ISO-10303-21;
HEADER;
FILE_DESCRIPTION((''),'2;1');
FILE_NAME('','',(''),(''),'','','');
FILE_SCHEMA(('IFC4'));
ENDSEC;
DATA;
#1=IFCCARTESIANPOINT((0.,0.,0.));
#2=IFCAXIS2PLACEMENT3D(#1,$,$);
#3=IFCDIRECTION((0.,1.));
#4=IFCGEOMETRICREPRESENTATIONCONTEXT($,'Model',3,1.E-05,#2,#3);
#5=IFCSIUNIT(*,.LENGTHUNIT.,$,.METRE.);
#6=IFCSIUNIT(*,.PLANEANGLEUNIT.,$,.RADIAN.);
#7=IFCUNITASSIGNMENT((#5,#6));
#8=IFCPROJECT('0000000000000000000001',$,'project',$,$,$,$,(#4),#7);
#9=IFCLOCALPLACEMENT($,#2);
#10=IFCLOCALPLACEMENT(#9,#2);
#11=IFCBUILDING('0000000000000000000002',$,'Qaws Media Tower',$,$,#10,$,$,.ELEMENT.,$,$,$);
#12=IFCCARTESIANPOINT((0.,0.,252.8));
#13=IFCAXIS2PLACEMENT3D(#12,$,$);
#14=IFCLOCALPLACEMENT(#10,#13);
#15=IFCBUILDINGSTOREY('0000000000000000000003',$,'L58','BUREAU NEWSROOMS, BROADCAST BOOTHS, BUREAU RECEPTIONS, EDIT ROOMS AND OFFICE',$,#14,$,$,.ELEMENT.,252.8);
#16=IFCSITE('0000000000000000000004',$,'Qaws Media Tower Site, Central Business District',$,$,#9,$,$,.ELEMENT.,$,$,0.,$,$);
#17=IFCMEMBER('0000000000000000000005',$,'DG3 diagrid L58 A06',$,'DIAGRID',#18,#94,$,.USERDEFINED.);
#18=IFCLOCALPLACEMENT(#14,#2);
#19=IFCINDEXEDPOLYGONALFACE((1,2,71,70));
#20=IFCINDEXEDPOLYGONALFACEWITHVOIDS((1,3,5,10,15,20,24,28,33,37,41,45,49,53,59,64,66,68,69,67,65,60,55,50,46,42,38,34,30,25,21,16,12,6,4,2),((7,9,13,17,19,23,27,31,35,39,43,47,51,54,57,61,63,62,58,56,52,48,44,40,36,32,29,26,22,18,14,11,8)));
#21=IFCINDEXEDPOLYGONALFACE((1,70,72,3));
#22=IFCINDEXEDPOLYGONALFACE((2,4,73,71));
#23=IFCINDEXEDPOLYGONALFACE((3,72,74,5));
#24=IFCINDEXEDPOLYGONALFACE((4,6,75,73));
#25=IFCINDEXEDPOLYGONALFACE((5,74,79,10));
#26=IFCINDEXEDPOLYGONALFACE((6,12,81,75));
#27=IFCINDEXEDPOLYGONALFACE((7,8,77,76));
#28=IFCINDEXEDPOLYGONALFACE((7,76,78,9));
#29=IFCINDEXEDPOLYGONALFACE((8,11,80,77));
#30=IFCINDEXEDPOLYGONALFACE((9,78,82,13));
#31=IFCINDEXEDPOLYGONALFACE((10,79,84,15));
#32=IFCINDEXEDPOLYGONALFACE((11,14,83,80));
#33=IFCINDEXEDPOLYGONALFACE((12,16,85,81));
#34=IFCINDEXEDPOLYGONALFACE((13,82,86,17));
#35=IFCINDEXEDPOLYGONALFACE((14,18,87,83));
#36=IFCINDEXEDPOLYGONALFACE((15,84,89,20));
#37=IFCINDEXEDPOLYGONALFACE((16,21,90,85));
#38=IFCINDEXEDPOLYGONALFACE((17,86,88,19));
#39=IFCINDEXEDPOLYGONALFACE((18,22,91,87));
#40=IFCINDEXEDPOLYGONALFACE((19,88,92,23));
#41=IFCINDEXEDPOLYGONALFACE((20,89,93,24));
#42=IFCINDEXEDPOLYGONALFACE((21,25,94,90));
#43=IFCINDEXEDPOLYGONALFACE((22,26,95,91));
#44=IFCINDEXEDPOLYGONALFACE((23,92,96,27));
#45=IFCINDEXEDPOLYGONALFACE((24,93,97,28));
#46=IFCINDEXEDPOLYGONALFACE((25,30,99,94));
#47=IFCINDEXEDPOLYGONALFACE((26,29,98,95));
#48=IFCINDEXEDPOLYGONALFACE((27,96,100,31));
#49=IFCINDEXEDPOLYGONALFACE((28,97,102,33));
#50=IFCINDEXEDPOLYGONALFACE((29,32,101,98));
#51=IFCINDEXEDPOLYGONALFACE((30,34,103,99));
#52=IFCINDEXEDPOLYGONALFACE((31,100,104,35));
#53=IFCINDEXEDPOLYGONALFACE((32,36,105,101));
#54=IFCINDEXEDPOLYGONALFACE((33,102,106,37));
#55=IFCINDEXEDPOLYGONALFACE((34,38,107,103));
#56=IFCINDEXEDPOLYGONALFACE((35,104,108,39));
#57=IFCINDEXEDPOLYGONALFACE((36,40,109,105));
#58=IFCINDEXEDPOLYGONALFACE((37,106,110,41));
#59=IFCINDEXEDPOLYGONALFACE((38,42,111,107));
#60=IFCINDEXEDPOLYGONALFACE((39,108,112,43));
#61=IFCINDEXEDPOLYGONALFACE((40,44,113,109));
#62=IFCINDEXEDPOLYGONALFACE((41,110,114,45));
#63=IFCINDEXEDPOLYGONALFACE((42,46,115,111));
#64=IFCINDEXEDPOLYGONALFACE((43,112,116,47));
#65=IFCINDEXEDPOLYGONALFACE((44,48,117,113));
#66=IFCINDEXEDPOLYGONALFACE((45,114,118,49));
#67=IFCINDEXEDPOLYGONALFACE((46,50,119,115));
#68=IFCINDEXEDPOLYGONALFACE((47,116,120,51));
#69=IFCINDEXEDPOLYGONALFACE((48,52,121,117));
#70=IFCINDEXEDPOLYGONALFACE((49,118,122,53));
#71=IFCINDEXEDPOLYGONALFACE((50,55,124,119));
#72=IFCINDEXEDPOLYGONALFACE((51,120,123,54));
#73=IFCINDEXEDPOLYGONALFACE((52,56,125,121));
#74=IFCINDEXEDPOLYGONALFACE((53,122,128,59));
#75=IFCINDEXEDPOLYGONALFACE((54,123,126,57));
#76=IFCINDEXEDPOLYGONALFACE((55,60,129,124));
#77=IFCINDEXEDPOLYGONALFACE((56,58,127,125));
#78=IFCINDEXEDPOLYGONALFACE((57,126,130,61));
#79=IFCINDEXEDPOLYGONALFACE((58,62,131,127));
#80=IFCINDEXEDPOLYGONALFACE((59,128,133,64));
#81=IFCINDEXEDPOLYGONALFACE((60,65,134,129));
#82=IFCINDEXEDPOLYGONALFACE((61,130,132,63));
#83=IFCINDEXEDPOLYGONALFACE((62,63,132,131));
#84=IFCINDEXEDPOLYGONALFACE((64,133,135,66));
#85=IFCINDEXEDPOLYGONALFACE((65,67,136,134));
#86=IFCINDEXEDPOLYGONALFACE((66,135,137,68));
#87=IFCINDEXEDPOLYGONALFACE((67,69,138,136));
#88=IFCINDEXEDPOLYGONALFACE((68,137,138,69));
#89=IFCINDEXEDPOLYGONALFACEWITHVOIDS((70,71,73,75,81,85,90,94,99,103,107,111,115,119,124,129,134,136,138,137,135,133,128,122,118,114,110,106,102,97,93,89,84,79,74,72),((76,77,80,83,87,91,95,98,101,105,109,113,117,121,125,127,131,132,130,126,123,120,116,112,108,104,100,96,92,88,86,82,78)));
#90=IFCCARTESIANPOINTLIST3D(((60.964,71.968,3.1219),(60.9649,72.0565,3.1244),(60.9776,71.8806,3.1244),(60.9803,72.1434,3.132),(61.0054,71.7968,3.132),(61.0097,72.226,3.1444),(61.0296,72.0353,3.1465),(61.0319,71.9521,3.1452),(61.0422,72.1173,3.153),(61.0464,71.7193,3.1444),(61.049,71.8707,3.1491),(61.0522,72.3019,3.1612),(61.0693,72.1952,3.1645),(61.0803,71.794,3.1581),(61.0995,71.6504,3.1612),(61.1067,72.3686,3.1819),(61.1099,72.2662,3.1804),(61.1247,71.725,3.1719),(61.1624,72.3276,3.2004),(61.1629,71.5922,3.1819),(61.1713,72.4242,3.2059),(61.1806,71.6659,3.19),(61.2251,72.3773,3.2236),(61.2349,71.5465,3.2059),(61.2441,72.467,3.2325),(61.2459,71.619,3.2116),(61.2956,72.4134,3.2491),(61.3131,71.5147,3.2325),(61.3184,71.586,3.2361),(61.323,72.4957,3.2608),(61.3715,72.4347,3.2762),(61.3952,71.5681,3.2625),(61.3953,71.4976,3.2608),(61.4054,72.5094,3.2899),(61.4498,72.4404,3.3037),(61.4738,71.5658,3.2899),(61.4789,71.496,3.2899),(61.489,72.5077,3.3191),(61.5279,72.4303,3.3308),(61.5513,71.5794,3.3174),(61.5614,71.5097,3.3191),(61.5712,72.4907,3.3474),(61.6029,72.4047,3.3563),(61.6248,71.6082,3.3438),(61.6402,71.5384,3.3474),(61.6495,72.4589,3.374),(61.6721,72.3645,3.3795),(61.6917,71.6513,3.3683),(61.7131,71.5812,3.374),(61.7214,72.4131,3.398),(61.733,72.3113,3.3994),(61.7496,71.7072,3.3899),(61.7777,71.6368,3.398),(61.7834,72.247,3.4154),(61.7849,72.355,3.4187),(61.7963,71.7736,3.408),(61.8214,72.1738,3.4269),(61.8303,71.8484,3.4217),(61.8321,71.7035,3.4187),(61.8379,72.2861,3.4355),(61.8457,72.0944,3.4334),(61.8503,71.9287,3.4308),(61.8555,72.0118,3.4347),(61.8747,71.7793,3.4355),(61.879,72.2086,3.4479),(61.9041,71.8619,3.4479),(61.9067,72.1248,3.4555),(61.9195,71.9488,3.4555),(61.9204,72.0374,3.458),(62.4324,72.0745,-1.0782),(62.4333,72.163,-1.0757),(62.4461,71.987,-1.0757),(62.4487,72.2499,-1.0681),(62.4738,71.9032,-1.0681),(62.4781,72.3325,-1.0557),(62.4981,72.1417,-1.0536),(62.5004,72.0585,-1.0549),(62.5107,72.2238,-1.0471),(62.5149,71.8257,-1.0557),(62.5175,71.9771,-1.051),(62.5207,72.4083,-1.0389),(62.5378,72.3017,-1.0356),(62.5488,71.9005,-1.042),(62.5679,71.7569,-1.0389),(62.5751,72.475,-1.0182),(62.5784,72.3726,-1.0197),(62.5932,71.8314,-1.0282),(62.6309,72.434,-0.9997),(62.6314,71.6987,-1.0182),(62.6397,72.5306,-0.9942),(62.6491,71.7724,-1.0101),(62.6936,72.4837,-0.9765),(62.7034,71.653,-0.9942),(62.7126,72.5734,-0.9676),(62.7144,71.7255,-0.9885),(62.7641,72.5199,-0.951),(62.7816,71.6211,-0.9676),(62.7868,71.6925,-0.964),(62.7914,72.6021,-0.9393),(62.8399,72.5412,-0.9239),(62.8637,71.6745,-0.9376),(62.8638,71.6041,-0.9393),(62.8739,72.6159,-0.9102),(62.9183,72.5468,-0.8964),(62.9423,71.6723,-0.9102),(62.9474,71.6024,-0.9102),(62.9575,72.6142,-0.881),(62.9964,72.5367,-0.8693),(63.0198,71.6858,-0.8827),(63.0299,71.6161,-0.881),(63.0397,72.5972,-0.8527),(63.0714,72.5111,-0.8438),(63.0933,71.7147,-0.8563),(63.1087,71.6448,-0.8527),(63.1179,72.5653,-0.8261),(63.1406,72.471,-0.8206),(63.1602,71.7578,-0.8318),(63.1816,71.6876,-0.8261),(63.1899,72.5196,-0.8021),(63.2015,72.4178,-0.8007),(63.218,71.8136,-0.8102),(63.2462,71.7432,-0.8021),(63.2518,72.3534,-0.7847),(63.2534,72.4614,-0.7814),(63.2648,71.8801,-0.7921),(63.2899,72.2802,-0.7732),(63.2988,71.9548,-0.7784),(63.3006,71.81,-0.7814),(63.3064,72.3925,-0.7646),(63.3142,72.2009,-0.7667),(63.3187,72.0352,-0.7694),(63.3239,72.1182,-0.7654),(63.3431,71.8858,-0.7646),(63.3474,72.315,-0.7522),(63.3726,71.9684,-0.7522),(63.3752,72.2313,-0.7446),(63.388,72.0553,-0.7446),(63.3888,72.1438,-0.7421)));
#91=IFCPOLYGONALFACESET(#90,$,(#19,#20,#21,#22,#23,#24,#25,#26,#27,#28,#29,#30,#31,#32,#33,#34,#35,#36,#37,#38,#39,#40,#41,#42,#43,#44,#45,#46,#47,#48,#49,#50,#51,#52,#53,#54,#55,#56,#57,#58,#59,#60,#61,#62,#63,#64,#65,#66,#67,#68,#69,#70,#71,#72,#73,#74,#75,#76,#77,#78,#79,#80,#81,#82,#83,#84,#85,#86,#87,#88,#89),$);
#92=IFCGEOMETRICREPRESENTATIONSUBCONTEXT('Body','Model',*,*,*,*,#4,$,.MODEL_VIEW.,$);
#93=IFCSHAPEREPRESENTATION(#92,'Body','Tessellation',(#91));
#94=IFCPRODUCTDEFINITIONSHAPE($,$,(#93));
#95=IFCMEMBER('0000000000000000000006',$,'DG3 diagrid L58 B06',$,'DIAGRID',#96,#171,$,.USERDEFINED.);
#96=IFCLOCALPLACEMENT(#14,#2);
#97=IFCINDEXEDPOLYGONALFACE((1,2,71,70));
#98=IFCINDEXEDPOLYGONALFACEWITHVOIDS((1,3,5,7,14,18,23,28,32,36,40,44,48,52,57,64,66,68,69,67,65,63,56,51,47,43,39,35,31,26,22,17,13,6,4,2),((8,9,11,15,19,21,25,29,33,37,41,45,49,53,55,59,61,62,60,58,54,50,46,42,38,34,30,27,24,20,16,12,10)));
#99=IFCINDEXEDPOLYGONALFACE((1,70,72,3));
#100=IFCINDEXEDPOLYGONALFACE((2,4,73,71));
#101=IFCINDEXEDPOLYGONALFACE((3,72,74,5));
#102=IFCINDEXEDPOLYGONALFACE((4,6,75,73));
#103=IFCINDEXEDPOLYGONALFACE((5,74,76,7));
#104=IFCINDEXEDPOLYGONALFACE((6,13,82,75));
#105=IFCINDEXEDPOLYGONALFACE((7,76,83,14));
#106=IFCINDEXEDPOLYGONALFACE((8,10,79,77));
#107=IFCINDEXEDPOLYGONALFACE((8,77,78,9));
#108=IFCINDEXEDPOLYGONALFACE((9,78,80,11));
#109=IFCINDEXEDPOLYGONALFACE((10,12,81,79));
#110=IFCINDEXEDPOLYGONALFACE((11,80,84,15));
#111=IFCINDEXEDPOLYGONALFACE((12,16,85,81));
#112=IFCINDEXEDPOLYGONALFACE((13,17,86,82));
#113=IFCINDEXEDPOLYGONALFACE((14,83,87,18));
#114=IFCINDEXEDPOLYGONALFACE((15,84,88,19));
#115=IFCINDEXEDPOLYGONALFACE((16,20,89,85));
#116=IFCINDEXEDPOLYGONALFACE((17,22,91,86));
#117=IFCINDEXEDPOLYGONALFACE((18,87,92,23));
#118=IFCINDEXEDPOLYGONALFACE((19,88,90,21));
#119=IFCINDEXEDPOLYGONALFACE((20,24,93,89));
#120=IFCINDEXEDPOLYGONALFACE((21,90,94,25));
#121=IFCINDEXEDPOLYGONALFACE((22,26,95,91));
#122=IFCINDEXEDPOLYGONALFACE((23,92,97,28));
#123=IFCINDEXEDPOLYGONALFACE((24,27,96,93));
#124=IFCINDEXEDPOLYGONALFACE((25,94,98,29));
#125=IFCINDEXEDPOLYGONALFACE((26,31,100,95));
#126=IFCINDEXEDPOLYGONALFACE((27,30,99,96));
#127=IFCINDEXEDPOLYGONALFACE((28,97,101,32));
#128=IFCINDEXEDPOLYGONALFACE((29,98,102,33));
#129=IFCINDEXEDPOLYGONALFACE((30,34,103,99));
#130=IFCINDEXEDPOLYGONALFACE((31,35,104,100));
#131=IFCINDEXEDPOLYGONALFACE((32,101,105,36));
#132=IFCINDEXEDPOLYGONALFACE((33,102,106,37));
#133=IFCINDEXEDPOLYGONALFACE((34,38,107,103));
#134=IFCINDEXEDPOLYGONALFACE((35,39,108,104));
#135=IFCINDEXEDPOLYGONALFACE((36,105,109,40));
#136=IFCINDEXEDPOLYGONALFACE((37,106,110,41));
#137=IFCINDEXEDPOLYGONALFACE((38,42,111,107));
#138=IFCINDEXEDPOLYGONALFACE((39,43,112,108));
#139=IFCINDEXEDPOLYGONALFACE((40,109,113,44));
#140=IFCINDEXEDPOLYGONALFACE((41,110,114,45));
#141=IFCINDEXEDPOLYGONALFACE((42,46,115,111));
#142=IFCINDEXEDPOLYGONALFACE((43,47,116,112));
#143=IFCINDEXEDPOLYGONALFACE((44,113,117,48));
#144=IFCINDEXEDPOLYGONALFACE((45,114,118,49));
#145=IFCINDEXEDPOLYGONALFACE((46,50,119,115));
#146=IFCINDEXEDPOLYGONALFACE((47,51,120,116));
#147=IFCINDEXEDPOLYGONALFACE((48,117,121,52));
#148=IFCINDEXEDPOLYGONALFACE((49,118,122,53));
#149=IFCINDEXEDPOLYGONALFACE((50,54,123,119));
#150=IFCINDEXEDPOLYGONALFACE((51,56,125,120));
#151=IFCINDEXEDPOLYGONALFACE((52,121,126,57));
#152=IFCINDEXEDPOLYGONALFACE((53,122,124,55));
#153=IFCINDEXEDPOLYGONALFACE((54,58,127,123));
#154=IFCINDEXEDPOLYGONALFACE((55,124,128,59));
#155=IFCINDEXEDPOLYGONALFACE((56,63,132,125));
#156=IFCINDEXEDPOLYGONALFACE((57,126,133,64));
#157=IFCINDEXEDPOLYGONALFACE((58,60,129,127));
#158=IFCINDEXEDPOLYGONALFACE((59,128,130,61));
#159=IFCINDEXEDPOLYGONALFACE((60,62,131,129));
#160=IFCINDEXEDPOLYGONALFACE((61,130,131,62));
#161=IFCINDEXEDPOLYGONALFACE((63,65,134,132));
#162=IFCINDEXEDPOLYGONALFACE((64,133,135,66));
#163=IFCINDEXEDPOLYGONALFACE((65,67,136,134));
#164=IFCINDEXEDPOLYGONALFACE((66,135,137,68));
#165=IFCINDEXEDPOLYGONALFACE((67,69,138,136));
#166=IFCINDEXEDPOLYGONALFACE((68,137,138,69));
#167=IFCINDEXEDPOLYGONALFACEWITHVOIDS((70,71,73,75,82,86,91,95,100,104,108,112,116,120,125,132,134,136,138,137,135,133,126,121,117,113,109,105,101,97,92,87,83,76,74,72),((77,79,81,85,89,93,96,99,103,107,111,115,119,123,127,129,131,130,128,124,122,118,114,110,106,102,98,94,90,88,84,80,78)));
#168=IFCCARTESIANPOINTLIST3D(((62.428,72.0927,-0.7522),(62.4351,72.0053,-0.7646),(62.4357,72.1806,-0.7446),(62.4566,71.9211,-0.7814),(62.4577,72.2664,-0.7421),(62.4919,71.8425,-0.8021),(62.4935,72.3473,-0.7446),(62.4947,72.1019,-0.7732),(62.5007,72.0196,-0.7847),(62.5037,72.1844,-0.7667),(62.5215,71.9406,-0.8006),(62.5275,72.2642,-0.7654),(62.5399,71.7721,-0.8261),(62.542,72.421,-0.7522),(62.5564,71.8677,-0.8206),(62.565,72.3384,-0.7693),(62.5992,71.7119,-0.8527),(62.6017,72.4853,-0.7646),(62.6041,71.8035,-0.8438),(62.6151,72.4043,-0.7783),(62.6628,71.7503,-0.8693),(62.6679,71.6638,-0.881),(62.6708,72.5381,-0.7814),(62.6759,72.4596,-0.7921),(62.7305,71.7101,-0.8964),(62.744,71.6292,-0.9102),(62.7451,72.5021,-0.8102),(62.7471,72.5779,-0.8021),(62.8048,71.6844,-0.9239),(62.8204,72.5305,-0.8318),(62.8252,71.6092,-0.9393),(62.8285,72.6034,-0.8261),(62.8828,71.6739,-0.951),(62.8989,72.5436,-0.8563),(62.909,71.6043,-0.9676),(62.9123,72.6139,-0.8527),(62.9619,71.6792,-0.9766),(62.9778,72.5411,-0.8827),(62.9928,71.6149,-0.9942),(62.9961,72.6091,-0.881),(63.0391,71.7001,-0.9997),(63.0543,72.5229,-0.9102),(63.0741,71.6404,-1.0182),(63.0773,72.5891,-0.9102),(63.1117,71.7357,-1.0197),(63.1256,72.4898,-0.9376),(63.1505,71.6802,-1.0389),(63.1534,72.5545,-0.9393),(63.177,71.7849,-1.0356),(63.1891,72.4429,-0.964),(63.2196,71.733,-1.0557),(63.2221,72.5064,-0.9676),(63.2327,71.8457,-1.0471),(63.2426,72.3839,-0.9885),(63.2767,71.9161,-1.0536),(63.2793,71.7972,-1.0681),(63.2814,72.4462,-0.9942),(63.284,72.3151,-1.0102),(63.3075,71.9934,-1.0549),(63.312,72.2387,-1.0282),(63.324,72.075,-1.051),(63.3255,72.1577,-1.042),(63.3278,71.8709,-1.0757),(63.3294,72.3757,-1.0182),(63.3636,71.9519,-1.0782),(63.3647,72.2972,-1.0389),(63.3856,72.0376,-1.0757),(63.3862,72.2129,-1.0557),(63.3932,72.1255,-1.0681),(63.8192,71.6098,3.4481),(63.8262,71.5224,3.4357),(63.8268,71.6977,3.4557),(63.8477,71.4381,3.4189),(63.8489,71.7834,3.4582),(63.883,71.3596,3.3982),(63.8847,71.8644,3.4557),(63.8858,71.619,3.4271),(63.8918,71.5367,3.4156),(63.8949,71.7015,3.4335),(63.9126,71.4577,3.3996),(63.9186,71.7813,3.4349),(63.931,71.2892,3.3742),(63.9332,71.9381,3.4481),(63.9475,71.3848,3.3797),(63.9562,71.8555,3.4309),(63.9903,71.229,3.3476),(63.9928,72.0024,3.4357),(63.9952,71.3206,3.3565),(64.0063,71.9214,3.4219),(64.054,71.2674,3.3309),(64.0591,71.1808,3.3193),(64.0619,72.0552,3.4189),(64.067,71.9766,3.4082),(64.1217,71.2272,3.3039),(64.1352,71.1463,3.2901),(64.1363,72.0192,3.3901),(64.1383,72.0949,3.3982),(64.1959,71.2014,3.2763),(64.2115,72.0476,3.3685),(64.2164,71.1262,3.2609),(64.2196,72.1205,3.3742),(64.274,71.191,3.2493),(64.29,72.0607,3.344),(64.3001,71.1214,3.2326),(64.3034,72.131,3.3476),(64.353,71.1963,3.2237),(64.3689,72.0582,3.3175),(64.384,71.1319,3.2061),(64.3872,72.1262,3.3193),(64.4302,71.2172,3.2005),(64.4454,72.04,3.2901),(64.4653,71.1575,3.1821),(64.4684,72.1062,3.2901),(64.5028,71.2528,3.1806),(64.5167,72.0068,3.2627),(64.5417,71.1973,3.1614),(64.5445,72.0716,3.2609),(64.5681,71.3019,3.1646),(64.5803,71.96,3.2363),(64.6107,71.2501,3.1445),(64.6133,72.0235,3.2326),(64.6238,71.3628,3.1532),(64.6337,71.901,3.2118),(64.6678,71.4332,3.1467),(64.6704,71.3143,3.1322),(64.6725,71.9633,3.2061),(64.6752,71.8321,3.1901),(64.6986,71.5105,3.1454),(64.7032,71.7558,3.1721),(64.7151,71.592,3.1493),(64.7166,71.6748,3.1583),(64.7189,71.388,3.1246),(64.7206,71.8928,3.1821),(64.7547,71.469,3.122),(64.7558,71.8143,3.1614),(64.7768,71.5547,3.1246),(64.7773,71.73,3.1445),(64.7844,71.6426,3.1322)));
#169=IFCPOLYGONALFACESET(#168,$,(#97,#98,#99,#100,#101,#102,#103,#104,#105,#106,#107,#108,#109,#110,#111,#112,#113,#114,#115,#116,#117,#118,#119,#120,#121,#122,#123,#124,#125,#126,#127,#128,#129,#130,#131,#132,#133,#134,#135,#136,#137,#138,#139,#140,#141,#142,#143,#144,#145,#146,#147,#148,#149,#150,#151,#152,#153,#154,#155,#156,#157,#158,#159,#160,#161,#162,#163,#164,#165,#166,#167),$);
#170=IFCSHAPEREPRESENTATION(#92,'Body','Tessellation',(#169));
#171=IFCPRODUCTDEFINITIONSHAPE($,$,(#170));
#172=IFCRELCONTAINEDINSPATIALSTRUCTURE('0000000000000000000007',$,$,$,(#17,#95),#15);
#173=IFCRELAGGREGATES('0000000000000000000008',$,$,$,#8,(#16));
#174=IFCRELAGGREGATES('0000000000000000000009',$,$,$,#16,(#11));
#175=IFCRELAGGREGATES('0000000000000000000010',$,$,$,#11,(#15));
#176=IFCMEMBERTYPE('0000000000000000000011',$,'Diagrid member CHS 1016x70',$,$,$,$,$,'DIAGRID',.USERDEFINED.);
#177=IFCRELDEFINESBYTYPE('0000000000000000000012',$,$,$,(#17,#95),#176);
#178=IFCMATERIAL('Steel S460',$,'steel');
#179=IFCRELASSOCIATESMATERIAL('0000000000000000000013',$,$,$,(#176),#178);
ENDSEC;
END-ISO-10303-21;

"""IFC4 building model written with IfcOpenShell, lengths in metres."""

from ifc_helpers import new_model, si_unit, direction, frame, origin, origin_2d, place, context, subcontext, project, spatial, hollow_circle, extrude, material, material_profile, profile_set, type_object, element, save


model = new_model("IFC4")

# Units and contexts
model_context = context("Model", 3, precision=1e-05, world=origin(), true_north=direction((0.0, 1.0)))
body_context = subcontext(model_context, "Body", "Model", "MODEL_VIEW")
ifc_project = project(units=[si_unit("LENGTHUNIT", "METRE"), si_unit("PLANEANGLEUNIT", "RADIAN")], contexts=[model_context])

# Site, building, storey
site_placement = place(None, origin())
site = spatial("IfcSite", under=ifc_project, at=site_placement, Name="Qaws Media Tower Site, Central Business District", CompositionType="ELEMENT", RefElevation=0.0)
building_placement = place(site_placement, origin())
building = spatial("IfcBuilding", under=site, at=building_placement, Name="Qaws Media Tower", CompositionType="ELEMENT")
storey_placement = place(building_placement, frame((0.0, 0.0, 252.8)))
storey = spatial("IfcBuildingStorey", under=building, at=storey_placement, Name="L58", Description="BUREAU NEWSROOMS, BROADCAST BOOTHS, BUREAU RECEPTIONS, EDIT ROOMS AND OFFICE", CompositionType="ELEMENT", Elevation=252.8)

# Members
ifc_material_1 = material(Name="Steel S460", Category="steel")
ifc_material_profile_1 = material_profile(ifc_material_1, hollow_circle(Radius=0.5081, WallThickness=0.0701, at=origin_2d()), Name="CHS 1016x70")
ifc_profile_set_1 = profile_set([ifc_material_profile_1], Name="Steel S460")
member_type_1 = type_object("IfcMemberType", Name="Diagrid member CHS 1016x70", ElementType="DIAGRID", PredefinedType="USERDEFINED", material=ifc_profile_set_1)
for number, where, z_axis, x_axis, name in (
    (1, (62.9106, 72.1091, -0.9102), (-0.329943, -0.023916, 0.943698), (0.072296, -0.997383, 0.0), "DG3 diagrid L58 A06"),
):
    element("IfcMember", number, at=place(storey_placement, frame(where, z_axis=z_axis, x_axis=x_axis)), inside=storey, type_object=member_type_1, Name=name, ObjectType="DIAGRID", PredefinedType="USERDEFINED", context=body_context, shape_type="SweptSolid", body=[
        extrude(hollow_circle(Radius=0.5081, WallThickness=0.0701, at=origin_2d()), origin(), (0.0, 0.0, 1.0), 4.4507),
    ])
for number, where, z_axis, x_axis, name in (
    (2, (62.9106, 72.1091, -0.9102), (0.31255, -0.108498, 0.943684), (0.327942, 0.944698, 0.0), "DG3 diagrid L58 B06"),
):
    element("IfcMember", number, at=place(storey_placement, frame(where, z_axis=z_axis, x_axis=x_axis)), inside=storey, type_object=member_type_1, Name=name, ObjectType="DIAGRID", PredefinedType="USERDEFINED", context=body_context, shape_type="SweptSolid", body=[
        extrude(hollow_circle(Radius=0.5081, WallThickness=0.0701, at=origin_2d()), origin(), (0.0, 0.0, 1.0), 4.4509),
    ])

save(model, "model.ifc")
